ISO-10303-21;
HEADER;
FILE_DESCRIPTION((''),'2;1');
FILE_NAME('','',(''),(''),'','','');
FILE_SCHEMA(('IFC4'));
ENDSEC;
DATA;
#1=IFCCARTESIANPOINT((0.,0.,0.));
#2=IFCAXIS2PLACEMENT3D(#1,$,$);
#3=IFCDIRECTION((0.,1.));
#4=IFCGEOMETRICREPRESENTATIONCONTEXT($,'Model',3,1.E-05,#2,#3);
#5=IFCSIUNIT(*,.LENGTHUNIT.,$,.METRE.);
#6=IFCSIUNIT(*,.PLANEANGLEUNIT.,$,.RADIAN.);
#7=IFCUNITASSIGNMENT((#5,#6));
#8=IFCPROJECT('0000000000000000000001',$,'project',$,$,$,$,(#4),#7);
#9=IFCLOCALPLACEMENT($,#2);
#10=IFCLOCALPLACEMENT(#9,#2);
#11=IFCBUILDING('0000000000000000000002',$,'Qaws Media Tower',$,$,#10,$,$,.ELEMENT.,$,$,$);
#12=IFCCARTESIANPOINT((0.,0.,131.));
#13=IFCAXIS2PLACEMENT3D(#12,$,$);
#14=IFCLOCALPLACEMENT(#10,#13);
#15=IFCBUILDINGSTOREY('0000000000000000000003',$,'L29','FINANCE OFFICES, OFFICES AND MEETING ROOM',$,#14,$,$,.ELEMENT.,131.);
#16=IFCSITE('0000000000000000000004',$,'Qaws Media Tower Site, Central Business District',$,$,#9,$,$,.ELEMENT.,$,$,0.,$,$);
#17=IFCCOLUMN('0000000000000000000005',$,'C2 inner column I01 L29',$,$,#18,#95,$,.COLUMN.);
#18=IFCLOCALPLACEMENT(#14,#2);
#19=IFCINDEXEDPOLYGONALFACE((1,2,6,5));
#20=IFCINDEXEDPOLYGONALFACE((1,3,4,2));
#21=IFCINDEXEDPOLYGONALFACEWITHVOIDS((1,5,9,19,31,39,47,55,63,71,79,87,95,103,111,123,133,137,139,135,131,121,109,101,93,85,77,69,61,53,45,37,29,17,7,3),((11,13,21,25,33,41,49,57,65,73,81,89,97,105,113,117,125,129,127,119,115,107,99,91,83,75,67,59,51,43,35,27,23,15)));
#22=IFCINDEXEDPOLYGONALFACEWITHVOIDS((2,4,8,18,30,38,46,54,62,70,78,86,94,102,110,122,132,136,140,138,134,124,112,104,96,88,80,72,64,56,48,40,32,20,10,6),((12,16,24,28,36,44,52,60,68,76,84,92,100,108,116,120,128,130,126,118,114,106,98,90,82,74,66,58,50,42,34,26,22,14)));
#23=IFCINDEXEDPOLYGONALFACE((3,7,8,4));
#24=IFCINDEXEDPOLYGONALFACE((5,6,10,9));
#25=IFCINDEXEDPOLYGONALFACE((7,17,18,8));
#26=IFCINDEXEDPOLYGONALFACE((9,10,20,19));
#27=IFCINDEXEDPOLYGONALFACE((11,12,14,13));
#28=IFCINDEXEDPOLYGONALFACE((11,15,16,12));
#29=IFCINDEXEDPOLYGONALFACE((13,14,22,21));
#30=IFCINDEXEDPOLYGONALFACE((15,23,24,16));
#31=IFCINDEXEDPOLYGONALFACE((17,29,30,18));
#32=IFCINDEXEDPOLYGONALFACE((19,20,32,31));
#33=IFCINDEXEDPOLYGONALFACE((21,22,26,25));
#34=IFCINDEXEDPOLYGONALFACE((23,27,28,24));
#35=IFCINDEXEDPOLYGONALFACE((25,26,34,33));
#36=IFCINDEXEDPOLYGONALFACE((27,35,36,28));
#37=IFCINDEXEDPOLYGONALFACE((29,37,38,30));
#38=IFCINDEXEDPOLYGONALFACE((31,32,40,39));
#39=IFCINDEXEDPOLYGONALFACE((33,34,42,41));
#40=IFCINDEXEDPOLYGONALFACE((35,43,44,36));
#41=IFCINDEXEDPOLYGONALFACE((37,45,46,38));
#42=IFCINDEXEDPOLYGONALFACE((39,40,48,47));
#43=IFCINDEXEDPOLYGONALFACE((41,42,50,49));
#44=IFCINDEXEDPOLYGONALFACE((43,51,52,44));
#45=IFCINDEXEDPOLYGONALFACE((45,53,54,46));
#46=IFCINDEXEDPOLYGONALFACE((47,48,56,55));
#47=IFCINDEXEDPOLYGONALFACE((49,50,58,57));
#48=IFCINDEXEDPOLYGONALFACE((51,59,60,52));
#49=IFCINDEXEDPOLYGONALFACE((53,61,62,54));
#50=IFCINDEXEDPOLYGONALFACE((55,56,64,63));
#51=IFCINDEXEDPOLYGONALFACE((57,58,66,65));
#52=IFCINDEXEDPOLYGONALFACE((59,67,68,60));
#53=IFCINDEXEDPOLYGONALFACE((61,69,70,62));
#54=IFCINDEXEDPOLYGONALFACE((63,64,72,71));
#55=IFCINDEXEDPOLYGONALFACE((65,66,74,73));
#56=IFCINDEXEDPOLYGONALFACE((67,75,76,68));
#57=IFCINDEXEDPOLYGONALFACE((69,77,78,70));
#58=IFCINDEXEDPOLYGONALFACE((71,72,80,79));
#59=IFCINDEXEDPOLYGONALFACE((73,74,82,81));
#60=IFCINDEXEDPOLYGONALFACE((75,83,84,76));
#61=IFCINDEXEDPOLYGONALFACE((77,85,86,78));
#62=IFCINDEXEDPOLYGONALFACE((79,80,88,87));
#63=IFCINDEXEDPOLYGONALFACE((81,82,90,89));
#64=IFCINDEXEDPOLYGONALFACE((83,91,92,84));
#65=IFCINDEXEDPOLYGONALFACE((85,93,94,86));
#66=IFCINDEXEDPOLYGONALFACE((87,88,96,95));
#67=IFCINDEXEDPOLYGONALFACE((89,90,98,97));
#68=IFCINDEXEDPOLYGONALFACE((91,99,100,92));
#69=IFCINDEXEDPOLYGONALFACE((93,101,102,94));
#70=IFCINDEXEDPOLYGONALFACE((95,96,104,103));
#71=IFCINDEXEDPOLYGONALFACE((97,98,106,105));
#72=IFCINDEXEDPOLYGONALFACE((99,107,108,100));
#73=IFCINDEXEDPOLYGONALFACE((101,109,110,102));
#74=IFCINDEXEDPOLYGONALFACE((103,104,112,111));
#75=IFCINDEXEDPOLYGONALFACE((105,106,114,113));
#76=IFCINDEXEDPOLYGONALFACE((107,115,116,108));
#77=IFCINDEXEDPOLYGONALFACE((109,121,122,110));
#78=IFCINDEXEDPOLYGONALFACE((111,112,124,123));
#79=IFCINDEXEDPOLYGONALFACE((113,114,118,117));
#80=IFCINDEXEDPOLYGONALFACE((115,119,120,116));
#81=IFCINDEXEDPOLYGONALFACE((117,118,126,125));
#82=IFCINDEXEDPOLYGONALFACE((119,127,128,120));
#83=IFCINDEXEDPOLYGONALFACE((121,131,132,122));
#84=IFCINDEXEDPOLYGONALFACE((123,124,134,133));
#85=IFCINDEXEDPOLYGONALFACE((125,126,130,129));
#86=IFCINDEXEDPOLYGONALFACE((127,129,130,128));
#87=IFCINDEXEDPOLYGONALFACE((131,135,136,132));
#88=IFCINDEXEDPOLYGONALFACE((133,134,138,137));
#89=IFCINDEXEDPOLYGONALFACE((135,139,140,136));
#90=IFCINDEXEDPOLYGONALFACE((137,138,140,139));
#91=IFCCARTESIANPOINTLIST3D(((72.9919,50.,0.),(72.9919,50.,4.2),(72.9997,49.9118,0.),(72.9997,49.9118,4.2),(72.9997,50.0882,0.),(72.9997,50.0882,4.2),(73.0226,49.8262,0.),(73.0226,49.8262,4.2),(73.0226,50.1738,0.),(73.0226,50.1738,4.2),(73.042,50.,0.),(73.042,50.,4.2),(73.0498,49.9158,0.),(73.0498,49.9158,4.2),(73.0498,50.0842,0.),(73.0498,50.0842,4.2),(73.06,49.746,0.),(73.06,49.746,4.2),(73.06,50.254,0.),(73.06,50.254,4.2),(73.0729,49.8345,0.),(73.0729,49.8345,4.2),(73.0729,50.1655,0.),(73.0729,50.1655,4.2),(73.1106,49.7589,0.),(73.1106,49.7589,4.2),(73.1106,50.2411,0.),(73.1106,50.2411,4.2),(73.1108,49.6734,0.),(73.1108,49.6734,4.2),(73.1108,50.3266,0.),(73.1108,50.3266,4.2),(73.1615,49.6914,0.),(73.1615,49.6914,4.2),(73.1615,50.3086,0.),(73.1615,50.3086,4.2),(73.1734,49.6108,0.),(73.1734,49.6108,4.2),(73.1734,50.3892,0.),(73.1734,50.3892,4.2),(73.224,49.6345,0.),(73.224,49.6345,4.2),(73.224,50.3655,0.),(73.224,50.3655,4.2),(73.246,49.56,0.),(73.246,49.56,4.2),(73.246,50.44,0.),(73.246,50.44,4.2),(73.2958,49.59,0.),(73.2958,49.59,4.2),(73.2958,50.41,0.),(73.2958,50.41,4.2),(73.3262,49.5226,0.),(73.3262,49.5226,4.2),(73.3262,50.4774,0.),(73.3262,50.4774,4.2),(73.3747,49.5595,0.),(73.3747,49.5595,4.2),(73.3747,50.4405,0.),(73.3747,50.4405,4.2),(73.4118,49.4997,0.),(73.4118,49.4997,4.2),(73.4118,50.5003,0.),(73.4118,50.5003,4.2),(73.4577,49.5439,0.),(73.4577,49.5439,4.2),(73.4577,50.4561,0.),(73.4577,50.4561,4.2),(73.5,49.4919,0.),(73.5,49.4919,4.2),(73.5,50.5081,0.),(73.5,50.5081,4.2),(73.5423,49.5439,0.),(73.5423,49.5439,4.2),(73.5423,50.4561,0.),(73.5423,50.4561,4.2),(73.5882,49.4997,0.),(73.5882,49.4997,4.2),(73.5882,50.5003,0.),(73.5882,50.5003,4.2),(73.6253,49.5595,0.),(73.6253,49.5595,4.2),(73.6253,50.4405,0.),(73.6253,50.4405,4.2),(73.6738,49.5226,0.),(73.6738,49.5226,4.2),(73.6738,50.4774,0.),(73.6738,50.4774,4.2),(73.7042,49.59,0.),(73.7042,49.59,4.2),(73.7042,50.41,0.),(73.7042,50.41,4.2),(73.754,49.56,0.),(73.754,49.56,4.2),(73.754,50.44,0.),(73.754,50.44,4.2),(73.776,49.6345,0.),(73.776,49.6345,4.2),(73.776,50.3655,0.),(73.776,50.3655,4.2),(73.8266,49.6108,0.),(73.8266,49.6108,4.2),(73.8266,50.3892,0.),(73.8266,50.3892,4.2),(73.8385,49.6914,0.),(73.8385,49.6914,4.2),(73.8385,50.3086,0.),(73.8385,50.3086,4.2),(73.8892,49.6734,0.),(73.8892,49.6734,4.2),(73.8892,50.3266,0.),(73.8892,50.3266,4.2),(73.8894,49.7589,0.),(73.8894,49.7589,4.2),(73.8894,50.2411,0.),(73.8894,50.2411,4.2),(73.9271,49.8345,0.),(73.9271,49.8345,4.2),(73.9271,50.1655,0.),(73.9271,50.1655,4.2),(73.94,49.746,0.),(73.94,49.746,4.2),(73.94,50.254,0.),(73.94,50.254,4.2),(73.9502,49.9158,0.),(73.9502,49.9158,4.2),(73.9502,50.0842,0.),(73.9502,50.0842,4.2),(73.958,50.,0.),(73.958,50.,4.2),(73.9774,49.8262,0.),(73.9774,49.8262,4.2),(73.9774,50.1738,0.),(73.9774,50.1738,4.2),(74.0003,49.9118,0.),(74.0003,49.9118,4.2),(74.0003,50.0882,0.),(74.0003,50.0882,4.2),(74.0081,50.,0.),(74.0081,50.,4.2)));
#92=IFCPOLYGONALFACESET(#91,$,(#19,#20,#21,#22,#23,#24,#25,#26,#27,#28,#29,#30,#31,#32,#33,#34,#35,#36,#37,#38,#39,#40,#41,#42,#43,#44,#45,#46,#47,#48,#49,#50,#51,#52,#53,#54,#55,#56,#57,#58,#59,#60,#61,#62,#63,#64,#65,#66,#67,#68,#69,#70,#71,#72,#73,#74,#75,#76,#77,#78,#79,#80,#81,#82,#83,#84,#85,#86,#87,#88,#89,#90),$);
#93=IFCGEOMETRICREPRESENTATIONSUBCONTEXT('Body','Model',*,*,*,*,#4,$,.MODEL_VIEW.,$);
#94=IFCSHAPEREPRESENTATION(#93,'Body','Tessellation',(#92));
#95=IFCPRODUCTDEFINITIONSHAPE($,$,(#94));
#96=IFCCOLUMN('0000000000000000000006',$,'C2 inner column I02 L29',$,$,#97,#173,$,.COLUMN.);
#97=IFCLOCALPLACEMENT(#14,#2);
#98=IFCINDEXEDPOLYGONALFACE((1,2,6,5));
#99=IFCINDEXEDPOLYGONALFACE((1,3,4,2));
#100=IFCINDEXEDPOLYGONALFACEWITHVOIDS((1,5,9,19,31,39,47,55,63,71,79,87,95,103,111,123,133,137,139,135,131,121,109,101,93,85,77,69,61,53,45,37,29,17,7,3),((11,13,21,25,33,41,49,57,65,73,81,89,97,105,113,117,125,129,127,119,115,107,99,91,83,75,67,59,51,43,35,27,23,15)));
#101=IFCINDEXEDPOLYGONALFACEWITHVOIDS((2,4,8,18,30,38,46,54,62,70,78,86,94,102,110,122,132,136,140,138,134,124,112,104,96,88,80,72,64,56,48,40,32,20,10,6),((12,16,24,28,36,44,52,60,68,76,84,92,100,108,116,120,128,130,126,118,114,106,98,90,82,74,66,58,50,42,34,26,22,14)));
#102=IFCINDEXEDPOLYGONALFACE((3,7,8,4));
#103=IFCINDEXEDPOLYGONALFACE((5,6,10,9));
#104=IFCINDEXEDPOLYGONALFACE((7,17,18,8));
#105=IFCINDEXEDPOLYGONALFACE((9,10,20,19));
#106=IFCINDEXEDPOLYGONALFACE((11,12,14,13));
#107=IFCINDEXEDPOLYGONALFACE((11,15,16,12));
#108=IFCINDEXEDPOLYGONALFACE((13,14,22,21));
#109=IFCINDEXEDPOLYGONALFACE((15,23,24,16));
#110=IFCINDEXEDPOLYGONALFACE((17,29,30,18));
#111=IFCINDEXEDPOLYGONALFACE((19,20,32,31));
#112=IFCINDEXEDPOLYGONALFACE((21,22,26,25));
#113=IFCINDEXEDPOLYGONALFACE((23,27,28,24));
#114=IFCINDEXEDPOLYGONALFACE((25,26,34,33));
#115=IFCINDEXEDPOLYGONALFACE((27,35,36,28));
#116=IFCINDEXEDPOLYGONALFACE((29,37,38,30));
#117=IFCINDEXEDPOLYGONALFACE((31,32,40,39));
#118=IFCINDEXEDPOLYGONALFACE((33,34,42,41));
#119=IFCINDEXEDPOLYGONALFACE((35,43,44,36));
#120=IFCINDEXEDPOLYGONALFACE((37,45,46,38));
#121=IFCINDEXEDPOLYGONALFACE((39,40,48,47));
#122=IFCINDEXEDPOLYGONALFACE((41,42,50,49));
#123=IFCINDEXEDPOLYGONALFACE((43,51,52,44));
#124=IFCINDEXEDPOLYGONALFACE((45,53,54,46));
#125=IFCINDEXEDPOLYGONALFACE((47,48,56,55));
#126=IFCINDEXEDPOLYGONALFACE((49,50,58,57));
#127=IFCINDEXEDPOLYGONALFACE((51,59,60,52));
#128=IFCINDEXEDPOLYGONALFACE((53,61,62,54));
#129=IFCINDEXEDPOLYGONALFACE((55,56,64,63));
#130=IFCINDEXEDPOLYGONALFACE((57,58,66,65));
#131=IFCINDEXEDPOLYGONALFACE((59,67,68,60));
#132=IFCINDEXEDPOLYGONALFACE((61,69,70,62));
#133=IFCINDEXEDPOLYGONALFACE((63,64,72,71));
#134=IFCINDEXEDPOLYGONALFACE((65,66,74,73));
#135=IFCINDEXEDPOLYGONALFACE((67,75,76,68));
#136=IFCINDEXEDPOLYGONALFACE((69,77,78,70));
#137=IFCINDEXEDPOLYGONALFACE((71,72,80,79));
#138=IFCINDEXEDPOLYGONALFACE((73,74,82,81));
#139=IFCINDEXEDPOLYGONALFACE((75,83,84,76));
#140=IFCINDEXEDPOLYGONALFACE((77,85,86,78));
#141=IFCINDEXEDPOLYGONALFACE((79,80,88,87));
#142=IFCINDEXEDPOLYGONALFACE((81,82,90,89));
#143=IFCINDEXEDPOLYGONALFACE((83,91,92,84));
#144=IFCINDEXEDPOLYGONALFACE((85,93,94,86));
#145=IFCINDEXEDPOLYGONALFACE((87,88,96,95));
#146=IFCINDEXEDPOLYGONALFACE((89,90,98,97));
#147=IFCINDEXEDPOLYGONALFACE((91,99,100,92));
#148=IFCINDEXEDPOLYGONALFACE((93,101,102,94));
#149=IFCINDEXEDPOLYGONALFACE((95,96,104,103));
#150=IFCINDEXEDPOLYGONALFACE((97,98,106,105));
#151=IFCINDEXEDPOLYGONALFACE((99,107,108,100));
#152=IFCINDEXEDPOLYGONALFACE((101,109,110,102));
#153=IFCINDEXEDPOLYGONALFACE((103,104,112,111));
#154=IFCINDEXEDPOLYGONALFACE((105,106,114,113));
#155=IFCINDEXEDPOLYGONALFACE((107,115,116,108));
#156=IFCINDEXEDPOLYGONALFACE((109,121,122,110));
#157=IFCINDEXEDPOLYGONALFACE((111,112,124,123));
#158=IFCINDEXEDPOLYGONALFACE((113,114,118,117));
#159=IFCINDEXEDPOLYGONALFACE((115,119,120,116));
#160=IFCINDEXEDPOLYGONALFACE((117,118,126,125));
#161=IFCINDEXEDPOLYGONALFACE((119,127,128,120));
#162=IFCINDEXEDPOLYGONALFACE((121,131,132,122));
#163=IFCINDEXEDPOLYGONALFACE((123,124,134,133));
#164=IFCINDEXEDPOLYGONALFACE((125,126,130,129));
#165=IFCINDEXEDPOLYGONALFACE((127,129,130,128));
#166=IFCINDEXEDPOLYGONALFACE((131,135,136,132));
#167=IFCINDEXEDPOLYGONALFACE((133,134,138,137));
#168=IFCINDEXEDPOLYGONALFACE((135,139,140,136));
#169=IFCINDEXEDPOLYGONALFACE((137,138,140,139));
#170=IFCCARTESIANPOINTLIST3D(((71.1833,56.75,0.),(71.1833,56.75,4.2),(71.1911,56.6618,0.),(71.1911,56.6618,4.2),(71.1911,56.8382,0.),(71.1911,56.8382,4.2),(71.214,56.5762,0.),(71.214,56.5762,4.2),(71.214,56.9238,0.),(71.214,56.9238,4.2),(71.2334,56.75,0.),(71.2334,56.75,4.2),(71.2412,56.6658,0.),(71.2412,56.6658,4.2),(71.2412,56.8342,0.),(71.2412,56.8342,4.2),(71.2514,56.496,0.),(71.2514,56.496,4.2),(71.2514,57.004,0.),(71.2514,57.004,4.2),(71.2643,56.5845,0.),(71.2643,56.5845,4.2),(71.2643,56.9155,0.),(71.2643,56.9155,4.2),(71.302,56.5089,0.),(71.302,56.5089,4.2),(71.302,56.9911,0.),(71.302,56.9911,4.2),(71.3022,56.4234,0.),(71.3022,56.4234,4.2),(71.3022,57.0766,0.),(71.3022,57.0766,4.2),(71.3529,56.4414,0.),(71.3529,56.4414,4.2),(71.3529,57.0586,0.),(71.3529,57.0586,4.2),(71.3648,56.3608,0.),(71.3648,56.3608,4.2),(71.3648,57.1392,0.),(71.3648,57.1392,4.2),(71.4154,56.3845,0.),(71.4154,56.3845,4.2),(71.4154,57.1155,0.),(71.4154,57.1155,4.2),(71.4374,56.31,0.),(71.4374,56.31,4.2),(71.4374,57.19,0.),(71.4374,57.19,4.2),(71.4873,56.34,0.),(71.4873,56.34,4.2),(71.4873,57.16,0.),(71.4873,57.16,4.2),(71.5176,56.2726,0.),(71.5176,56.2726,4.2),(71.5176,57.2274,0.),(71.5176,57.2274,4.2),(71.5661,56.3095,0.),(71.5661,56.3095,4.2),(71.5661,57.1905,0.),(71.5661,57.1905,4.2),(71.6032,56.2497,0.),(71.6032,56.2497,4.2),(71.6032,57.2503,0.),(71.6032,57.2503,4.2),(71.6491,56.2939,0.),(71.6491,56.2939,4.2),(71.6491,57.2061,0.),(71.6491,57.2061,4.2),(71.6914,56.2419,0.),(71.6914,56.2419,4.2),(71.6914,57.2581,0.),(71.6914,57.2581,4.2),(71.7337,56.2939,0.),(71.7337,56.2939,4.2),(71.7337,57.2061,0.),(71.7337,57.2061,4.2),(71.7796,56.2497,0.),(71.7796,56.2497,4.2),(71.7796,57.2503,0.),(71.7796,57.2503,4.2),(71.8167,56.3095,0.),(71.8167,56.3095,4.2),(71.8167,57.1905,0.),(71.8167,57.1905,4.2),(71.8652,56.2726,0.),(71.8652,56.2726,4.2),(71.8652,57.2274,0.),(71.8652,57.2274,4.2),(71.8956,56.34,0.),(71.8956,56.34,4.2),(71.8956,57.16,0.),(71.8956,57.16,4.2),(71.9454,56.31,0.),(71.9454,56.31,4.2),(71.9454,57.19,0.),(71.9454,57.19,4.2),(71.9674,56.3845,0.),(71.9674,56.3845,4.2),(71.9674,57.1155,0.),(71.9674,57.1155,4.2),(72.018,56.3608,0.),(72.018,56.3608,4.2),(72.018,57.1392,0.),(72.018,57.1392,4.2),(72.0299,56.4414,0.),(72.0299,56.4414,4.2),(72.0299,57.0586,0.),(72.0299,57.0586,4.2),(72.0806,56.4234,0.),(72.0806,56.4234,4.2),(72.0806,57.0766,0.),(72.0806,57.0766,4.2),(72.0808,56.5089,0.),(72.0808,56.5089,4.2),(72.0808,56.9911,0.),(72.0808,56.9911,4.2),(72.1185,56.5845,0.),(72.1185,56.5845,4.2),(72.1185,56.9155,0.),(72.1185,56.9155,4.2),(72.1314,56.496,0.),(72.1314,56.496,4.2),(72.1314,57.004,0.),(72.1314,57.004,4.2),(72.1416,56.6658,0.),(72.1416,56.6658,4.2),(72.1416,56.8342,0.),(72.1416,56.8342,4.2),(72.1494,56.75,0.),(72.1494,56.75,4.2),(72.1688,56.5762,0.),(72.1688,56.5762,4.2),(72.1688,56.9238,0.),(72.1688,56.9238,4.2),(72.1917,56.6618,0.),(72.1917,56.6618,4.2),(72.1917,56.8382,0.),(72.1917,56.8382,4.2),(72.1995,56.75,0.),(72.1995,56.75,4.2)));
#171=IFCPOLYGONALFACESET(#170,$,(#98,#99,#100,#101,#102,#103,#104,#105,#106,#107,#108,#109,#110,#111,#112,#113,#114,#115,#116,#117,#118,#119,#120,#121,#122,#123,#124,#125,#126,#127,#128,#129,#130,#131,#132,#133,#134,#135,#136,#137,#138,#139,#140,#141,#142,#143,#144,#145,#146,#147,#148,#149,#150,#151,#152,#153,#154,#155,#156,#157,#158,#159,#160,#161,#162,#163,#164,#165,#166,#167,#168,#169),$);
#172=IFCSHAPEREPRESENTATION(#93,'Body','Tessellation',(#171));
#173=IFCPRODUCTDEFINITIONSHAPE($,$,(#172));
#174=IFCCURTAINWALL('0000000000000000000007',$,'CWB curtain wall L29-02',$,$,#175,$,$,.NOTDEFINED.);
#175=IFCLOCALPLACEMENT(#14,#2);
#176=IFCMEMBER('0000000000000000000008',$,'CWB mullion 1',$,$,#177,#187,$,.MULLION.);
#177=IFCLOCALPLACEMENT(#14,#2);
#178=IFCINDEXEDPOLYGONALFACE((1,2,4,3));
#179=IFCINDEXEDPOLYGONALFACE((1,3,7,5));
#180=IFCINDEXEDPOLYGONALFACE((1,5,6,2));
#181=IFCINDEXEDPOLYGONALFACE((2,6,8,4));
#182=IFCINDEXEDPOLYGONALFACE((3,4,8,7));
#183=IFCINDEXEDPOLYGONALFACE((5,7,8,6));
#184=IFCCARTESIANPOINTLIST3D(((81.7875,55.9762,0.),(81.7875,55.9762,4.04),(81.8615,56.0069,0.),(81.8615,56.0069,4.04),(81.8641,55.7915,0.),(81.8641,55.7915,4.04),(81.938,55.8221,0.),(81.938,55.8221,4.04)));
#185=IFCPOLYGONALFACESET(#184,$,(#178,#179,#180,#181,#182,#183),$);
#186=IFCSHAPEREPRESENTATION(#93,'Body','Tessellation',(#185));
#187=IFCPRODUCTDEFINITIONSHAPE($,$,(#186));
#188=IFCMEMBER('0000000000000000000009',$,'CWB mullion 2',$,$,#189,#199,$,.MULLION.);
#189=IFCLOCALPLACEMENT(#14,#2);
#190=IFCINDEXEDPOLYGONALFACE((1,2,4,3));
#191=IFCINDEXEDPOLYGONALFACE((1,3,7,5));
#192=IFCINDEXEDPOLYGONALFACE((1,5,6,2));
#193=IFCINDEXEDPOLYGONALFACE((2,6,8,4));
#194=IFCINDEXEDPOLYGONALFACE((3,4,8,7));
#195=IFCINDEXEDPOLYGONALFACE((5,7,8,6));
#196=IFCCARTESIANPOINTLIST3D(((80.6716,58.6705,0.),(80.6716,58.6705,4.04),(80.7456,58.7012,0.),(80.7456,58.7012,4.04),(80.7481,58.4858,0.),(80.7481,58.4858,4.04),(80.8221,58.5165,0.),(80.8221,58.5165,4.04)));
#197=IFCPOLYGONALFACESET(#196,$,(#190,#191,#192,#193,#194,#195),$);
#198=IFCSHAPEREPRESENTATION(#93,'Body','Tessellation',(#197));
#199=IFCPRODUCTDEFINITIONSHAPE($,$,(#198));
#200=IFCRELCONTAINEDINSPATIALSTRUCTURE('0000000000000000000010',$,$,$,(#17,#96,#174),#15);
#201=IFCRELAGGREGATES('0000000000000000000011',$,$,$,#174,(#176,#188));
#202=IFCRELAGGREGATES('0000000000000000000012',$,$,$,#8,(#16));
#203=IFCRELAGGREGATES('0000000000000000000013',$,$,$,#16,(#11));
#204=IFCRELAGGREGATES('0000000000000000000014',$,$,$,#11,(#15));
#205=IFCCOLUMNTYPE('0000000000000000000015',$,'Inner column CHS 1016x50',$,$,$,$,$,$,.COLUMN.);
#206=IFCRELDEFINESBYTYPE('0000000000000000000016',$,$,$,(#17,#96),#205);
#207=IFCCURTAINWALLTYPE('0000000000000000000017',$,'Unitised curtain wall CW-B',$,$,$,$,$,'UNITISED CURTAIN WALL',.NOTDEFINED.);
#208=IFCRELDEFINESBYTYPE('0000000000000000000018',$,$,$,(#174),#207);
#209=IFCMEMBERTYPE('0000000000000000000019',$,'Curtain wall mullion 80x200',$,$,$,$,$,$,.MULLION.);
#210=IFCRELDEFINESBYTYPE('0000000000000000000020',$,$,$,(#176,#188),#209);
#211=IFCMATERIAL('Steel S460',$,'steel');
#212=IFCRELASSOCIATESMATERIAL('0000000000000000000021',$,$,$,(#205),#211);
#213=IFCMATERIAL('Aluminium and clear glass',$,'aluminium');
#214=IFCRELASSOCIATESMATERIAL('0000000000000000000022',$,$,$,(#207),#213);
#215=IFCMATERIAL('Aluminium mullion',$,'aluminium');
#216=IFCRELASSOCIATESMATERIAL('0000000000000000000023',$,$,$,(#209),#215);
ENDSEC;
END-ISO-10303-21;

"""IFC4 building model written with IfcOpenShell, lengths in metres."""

from ifc_helpers import new_model, si_unit, direction, frame, origin, origin_2d, place, context, subcontext, project, spatial, rectangle, hollow_circle, extrude, material, material_profile, profile_set, type_object, element, aggregate, save


model = new_model("IFC4")

# Units and contexts
model_context = context("Model", 3, precision=1e-05, world=origin(), true_north=direction((0.0, 1.0)))
body_context = subcontext(model_context, "Body", "Model", "MODEL_VIEW")
ifc_project = project(units=[si_unit("LENGTHUNIT", "METRE"), si_unit("PLANEANGLEUNIT", "RADIAN")], contexts=[model_context])

# Site, building, storey
site_placement = place(None, origin())
site = spatial("IfcSite", under=ifc_project, at=site_placement, Name="Qaws Media Tower Site, Central Business District", CompositionType="ELEMENT", RefElevation=0.0)
building_placement = place(site_placement, origin())
building = spatial("IfcBuilding", under=site, at=building_placement, Name="Qaws Media Tower", CompositionType="ELEMENT")
storey_placement = place(building_placement, frame((0.0, 0.0, 131.0)))
storey = spatial("IfcBuildingStorey", under=building, at=storey_placement, Name="L29", Description="FINANCE OFFICES, OFFICES AND MEETING ROOM", CompositionType="ELEMENT", Elevation=131.0)

# Columns
ifc_material_1 = material(Name="Steel S460", Category="steel")
ifc_material_profile_1 = material_profile(ifc_material_1, hollow_circle(Radius=0.5081, WallThickness=0.05, at=origin_2d()), Name="CHS 1016x50")
ifc_profile_set_1 = profile_set([ifc_material_profile_1], Name="Steel S460")
column_type = type_object("IfcColumnType", Name="Inner column CHS 1016x50", PredefinedType="COLUMN", material=ifc_profile_set_1)
for number, where, z_axis, x_axis, name in (
    (1, (73.5, 50.0, 0.0), (0.0, 0.0, 1.0), (1.0, 0.0, 0.0), "C2 inner column I01 L29"),
    (2, (71.6914, 56.75, 0.0), (0.0, 0.0, 1.0), (1.0, 0.0, 0.0), "C2 inner column I02 L29"),
):
    element("IfcColumn", number, at=place(storey_placement, frame(where, z_axis=z_axis, x_axis=x_axis)), inside=storey, type_object=column_type, Name=name, PredefinedType="COLUMN", context=body_context, shape_type="SweptSolid", body=[
        extrude(hollow_circle(Radius=0.5081, WallThickness=0.05, at=origin_2d()), origin(), (0.0, 0.0, 1.0), 4.2),
    ])

# Curtain wall, members
ifc_material_2 = material(Name="Aluminium and clear glass", Category="aluminium")
curtain_wall_type = type_object("IfcCurtainWallType", Name="Unitised curtain wall CW-B", ElementType="UNITISED CURTAIN WALL", PredefinedType="NOTDEFINED", material=ifc_material_2)
curtain_wall_1_placement = place(storey_placement, origin())
curtain_wall_1 = element("IfcCurtainWall", 3, at=curtain_wall_1_placement, inside=storey, type_object=curtain_wall_type, Name="CWB curtain wall L29-02", PredefinedType="NOTDEFINED")
ifc_material_3 = material(Name="Aluminium mullion", Category="aluminium")
ifc_material_profile_2 = material_profile(ifc_material_3, rectangle(XDim=0.0801, YDim=0.2, at=origin_2d()), Name="80x200")
ifc_profile_set_2 = profile_set([ifc_material_profile_2], Name="Aluminium mullion")
member_type_1 = type_object("IfcMemberType", Name="Curtain wall mullion 80x200", PredefinedType="MULLION", material=ifc_profile_set_2)
member_1_placement = place(storey_placement, frame((81.8628, 55.8992, 0.0), z_axis=(0.0, 0.0, 1.0), x_axis=(-0.92388, -0.382683, 0.0)))
member_1 = element("IfcMember", 4, at=member_1_placement, type_object=member_type_1, Name="CWB mullion 1", PredefinedType="MULLION", context=body_context, shape_type="SweptSolid", body=[
    extrude(rectangle(XDim=0.0801, YDim=0.2, at=origin_2d()), origin(), (0.0, 0.0, 1.0), 4.04),
])
member_2_placement = place(storey_placement, frame((80.7468, 58.5935, 0.0), z_axis=(0.0, 0.0, 1.0), x_axis=(-0.92388, -0.382683, 0.0)))
member_2 = element("IfcMember", 5, at=member_2_placement, type_object=member_type_1, Name="CWB mullion 2", PredefinedType="MULLION", context=body_context, shape_type="SweptSolid", body=[
    extrude(rectangle(XDim=0.0801, YDim=0.2, at=origin_2d()), origin(), (0.0, 0.0, 1.0), 4.04),
])

aggregate(curtain_wall_1, [member_1, member_2])

save(model, "model.ifc")
